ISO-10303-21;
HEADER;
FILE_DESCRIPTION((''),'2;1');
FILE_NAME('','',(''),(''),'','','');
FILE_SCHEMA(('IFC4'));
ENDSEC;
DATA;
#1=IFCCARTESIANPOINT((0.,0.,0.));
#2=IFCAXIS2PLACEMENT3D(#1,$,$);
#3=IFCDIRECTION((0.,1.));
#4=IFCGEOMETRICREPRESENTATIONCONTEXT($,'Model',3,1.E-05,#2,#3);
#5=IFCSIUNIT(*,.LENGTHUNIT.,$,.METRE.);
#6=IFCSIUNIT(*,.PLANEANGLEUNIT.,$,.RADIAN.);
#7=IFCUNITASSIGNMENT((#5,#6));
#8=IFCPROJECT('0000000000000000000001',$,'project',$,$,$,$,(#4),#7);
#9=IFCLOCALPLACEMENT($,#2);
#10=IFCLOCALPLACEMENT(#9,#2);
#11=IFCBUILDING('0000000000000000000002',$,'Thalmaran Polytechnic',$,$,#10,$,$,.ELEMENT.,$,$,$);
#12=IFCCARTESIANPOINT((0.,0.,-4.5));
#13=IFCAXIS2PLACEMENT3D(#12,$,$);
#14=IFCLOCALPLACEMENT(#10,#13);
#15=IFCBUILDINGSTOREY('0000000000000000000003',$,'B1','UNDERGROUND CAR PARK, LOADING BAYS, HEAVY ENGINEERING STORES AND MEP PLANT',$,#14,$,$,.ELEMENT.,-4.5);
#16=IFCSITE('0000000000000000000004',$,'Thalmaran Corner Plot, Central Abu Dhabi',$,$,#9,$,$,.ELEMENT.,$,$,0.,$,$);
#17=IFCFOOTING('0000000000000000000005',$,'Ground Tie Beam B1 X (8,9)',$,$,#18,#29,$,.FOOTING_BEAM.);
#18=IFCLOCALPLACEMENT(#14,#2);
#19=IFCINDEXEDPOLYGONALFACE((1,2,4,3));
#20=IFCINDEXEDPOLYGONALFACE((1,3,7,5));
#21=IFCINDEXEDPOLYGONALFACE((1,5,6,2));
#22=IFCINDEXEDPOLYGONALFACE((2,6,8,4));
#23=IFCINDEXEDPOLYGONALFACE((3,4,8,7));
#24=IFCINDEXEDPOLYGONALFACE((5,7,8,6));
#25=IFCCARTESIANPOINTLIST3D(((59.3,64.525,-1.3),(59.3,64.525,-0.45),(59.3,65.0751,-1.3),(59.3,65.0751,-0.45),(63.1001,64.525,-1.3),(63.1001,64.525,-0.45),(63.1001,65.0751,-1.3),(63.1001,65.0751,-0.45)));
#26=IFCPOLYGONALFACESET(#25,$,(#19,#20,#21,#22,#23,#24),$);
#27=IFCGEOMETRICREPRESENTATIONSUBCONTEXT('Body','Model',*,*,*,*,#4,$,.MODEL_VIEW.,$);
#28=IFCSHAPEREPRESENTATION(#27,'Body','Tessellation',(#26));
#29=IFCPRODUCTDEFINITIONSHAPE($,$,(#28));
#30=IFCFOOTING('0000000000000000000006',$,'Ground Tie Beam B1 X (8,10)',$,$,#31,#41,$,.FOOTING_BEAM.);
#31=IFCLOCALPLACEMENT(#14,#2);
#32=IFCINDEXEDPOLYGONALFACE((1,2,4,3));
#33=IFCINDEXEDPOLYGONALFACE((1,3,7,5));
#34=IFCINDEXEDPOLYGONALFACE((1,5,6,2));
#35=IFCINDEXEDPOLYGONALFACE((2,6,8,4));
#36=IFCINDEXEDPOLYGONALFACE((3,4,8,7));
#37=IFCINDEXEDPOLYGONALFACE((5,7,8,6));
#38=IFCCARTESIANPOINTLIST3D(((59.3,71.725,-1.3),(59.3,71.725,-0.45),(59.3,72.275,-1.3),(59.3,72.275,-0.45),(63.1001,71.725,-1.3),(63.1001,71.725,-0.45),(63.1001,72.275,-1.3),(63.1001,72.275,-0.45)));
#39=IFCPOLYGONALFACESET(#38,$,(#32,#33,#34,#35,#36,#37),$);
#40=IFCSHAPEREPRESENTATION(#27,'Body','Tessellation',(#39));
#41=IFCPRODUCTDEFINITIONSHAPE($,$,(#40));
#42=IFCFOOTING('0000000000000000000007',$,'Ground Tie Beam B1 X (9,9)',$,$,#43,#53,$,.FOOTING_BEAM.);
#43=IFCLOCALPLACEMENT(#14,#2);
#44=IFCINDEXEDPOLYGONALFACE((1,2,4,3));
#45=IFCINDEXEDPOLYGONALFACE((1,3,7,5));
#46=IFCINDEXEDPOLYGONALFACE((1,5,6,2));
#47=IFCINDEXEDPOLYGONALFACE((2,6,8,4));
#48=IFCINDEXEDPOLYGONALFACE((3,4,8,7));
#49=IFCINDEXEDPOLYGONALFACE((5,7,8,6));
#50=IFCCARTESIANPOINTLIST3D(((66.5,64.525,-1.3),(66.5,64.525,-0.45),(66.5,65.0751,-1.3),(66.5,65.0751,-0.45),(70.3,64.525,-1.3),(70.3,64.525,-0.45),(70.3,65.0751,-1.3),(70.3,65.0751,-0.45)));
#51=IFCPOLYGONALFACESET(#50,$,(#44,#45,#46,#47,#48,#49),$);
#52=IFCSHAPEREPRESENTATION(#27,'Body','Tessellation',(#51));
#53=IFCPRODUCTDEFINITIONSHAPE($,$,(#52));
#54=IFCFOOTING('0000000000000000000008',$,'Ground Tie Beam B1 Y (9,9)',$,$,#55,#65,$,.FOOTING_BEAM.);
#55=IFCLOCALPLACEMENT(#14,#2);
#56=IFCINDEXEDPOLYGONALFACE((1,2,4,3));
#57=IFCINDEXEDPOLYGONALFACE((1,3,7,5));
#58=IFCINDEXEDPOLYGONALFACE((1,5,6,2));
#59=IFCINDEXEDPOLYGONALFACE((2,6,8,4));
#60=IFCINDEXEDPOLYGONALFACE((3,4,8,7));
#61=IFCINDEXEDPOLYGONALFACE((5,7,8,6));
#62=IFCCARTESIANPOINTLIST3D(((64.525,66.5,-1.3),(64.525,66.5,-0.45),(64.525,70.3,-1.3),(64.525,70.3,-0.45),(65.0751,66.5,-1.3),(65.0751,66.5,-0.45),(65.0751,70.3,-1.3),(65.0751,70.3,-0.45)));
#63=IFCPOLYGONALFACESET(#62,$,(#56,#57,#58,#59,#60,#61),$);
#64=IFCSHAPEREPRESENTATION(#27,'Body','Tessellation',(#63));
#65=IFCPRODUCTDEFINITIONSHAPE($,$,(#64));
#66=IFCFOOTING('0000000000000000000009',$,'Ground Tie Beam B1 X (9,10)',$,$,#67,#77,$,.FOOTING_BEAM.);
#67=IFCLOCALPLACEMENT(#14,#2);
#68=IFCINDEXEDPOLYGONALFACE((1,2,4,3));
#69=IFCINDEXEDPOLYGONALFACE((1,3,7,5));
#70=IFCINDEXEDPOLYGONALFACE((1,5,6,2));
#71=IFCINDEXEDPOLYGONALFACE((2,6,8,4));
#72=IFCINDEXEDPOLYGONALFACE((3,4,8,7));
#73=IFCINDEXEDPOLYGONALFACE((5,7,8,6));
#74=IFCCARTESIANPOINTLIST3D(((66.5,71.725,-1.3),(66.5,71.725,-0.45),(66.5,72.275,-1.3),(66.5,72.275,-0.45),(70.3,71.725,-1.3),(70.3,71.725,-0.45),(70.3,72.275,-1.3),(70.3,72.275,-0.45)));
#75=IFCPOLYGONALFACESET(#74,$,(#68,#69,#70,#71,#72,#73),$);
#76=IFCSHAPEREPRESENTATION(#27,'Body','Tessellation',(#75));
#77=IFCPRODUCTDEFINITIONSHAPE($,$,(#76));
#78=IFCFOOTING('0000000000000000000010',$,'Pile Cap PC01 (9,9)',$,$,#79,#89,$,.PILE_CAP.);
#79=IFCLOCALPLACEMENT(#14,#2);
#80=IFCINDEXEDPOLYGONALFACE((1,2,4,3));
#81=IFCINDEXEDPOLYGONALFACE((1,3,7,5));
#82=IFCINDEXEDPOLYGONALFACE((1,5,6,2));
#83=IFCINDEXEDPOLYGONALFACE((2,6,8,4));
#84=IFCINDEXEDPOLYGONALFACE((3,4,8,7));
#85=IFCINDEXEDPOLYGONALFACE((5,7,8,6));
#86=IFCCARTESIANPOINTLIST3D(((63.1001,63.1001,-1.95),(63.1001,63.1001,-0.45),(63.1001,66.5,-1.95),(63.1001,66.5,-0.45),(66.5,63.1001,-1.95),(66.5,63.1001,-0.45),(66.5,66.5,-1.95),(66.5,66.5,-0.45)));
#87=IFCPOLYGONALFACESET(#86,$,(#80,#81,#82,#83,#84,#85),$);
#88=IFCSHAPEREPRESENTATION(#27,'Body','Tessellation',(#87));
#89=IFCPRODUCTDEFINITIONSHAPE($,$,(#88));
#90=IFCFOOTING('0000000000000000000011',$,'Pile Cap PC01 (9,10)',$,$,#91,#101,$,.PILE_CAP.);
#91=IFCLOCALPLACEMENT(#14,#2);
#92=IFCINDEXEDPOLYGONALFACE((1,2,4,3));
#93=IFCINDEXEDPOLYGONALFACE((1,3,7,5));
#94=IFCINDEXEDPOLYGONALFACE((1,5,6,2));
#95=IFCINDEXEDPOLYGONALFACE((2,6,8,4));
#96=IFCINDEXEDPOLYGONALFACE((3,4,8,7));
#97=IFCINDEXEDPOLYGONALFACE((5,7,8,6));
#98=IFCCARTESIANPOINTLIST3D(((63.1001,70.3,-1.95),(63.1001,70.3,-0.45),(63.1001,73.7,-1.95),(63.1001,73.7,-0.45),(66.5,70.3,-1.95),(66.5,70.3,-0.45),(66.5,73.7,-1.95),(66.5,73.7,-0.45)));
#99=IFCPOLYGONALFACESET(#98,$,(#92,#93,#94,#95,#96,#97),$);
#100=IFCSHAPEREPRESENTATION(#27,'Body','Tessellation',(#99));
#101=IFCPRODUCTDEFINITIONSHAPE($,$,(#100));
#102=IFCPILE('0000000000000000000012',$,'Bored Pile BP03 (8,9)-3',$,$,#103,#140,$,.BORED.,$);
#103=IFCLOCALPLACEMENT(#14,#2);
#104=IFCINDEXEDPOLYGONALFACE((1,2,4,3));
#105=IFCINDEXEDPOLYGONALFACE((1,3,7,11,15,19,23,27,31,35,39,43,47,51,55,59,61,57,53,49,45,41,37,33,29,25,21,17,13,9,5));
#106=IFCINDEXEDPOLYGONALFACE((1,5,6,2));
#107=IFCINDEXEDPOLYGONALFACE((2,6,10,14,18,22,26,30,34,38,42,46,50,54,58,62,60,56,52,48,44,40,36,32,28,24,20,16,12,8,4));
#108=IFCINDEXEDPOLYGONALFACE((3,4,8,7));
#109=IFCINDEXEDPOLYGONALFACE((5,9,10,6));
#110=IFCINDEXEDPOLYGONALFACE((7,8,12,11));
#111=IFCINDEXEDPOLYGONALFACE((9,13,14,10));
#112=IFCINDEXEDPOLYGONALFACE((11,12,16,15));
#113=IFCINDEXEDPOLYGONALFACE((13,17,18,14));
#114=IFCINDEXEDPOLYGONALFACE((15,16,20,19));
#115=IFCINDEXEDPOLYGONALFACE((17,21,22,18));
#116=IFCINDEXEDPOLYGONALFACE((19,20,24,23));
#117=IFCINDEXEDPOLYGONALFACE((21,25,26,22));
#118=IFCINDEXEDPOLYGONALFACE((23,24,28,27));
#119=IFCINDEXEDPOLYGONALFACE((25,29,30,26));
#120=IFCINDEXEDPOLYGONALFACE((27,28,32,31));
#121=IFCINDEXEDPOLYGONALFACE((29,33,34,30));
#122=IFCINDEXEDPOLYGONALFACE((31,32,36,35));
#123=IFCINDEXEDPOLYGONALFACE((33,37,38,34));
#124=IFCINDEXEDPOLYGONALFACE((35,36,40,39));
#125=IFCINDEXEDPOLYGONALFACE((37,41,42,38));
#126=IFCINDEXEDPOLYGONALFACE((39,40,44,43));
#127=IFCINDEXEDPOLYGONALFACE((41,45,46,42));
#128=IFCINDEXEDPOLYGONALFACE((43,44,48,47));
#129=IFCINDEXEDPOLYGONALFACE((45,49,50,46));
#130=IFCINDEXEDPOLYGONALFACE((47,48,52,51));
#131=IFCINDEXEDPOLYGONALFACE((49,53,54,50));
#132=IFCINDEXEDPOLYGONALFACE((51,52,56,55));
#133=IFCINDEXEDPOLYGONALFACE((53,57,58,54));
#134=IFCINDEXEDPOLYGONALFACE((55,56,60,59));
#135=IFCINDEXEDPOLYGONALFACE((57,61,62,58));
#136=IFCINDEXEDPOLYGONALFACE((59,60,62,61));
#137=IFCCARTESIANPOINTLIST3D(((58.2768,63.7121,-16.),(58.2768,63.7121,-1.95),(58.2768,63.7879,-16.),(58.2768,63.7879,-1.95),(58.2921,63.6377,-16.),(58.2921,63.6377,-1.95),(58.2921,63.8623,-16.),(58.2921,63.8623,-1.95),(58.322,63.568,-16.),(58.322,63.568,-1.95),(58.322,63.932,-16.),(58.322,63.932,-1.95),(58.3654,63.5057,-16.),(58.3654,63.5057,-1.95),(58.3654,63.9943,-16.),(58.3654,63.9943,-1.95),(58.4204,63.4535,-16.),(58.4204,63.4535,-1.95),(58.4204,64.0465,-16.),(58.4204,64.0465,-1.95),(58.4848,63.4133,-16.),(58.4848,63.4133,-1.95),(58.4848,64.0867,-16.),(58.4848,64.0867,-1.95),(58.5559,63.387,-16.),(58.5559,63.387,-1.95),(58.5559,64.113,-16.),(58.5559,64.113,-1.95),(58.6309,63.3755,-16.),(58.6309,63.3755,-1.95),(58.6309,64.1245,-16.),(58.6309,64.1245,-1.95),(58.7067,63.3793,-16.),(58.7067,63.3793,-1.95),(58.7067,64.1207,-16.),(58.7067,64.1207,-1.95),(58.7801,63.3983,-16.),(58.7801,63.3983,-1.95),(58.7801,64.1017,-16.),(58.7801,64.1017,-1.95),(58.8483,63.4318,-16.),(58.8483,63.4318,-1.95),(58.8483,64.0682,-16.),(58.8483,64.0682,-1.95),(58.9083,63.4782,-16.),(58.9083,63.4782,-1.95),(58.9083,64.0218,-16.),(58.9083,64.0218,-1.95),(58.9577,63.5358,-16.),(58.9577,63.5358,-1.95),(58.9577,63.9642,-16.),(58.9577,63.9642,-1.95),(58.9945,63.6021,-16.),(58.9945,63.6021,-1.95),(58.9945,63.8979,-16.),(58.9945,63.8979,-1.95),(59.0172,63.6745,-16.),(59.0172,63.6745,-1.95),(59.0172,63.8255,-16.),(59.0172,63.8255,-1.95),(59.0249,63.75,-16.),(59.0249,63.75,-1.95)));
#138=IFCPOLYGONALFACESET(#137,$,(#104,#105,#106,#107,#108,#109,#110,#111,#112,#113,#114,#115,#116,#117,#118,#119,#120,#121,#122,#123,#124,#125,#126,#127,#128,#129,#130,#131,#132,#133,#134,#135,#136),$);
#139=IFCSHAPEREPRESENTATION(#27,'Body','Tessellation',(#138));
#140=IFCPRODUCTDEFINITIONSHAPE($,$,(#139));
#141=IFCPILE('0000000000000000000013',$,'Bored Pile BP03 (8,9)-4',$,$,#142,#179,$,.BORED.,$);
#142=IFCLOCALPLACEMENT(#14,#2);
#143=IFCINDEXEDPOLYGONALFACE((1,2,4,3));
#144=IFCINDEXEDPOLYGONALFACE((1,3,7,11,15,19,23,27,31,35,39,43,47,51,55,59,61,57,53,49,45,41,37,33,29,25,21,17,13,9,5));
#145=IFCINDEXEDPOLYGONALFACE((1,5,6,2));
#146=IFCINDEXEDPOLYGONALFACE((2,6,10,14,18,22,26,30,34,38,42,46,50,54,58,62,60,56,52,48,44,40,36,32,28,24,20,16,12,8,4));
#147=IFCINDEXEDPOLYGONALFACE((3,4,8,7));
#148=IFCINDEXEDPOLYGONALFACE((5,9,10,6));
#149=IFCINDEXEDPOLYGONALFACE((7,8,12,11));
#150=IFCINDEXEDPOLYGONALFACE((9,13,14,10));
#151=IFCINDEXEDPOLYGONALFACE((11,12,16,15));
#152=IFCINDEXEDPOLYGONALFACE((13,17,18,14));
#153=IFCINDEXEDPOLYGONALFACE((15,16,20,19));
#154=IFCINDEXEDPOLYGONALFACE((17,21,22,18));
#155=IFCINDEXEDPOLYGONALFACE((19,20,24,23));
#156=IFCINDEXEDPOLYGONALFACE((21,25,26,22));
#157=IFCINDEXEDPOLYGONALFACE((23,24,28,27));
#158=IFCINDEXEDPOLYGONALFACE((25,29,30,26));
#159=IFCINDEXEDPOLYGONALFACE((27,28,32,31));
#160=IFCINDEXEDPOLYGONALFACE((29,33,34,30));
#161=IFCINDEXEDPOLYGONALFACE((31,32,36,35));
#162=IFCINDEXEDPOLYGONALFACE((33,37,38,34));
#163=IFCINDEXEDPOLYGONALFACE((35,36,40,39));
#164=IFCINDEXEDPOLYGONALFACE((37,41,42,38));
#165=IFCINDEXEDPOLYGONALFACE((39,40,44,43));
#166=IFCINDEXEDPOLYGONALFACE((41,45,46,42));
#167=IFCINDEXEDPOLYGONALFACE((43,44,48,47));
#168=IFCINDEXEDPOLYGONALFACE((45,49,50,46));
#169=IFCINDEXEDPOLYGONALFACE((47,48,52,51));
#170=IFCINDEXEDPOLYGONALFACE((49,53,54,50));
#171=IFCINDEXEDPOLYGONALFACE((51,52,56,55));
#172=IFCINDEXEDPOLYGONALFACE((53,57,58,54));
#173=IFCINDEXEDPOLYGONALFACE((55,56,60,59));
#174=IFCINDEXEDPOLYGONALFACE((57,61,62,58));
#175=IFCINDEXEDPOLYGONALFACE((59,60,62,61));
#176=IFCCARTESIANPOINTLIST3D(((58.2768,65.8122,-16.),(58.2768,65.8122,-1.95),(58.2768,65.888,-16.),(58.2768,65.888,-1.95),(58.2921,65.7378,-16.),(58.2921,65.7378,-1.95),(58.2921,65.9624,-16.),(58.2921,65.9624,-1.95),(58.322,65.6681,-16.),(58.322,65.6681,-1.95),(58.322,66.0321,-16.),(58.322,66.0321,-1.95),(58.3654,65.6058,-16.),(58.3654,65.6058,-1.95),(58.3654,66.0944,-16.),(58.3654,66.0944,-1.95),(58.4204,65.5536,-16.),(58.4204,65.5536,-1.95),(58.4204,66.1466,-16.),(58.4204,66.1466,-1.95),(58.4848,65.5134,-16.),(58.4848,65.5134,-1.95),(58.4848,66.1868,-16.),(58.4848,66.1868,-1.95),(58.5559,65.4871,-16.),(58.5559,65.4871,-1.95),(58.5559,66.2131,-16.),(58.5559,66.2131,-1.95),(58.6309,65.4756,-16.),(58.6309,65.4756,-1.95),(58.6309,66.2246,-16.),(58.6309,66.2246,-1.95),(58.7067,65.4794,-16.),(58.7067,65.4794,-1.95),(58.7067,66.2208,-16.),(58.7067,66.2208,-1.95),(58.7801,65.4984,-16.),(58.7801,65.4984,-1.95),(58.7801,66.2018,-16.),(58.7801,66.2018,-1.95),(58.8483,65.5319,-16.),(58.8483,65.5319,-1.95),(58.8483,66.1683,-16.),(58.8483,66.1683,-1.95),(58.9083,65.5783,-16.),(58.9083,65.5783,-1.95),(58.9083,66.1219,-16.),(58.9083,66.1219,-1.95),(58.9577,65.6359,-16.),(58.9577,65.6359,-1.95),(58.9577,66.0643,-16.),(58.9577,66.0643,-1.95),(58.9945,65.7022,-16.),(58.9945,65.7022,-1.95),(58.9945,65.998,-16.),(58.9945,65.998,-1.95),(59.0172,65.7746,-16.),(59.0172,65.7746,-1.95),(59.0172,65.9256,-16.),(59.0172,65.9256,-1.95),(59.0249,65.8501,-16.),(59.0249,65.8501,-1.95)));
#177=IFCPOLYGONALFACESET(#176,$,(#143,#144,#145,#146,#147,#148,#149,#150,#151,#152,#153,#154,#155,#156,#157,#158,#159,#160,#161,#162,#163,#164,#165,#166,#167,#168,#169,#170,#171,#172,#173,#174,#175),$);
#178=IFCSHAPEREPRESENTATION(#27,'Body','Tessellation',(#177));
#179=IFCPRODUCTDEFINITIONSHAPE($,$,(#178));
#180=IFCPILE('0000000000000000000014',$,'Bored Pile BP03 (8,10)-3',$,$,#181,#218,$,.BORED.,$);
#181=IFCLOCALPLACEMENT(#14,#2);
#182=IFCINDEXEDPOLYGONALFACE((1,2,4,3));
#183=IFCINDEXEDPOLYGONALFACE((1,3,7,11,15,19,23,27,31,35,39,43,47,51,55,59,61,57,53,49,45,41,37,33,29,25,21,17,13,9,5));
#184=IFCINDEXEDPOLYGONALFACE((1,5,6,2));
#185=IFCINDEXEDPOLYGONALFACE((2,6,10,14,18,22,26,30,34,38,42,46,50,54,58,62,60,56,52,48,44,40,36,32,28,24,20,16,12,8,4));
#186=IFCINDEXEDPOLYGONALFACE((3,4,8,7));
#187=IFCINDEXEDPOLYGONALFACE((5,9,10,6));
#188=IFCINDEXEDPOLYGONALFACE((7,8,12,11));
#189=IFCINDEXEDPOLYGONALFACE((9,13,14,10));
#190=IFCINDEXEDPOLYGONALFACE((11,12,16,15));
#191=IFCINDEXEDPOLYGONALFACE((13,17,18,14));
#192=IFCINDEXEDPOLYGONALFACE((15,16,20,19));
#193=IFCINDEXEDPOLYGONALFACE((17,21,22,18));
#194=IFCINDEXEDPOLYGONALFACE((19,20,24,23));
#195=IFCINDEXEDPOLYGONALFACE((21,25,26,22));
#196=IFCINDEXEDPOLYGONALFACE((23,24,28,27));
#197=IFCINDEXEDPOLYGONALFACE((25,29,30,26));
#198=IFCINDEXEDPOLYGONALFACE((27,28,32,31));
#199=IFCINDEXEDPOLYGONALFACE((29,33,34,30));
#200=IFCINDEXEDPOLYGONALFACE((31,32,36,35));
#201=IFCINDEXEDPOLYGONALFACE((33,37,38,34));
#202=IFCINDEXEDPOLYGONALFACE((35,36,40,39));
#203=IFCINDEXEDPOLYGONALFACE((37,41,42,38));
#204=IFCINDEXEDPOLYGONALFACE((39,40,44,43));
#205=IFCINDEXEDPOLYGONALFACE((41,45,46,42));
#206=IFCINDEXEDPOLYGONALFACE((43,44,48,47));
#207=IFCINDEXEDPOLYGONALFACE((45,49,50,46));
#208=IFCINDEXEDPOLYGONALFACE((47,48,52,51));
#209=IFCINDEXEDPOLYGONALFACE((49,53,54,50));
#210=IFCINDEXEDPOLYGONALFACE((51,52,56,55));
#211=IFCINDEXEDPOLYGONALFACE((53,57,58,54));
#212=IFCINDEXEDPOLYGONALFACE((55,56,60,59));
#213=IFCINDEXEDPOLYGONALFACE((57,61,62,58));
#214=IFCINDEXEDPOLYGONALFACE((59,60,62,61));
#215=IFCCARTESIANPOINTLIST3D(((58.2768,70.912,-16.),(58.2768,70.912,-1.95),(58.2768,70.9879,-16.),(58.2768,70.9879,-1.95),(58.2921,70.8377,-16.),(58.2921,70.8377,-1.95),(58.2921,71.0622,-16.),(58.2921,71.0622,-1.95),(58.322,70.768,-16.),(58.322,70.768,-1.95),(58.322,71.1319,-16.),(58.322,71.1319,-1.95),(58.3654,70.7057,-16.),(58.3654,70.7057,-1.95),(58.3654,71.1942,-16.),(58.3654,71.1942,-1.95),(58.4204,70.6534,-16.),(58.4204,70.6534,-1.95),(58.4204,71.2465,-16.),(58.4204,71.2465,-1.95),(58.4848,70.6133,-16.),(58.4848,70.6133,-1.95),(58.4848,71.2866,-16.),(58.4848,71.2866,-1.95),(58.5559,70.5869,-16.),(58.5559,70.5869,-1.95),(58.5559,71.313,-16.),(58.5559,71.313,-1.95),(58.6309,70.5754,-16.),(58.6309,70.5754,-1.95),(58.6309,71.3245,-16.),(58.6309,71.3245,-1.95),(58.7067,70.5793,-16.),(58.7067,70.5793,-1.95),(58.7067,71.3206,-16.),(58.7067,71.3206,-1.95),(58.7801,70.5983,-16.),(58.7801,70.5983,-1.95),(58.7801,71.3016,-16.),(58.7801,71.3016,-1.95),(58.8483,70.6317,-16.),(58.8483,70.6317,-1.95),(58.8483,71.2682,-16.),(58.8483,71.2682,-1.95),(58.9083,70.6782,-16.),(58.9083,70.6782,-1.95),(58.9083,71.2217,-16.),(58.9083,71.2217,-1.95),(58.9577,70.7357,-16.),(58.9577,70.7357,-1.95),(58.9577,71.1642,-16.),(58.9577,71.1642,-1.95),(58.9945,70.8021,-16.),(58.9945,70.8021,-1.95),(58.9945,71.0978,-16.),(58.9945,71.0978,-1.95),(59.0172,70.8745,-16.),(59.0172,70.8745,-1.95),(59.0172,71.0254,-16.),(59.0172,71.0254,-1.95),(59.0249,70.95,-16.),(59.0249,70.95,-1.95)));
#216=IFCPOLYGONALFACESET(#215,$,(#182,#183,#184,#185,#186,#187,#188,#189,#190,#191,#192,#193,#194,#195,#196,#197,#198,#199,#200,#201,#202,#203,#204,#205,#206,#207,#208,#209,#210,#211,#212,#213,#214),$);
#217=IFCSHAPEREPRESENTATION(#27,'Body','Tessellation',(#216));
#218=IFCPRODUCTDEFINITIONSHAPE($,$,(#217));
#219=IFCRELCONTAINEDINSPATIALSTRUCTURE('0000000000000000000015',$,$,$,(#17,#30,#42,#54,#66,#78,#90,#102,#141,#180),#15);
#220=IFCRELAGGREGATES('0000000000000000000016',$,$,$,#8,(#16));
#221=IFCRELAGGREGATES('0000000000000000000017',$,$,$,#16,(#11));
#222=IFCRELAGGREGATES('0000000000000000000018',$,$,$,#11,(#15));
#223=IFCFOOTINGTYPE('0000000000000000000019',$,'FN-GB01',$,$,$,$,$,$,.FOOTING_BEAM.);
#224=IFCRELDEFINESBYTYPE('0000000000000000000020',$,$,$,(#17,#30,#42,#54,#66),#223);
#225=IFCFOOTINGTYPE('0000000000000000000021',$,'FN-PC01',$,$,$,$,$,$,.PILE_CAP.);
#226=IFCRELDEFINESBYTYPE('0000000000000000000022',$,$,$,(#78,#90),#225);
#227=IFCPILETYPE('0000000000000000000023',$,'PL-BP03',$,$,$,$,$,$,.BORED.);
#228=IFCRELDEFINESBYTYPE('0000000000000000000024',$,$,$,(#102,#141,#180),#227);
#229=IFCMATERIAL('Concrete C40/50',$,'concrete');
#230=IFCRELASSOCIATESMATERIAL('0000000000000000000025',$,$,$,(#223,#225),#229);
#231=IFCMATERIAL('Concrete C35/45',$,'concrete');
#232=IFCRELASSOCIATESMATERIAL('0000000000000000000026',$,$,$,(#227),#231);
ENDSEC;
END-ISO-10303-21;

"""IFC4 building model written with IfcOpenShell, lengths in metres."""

from ifc_helpers import new_model, si_unit, direction, frame, origin, origin_2d, place, context, subcontext, project, spatial, rectangle, circle, extrude, material, material_profile, profile_set, type_object, element, save


model = new_model("IFC4")

# Units and contexts
model_context = context("Model", 3, precision=1e-05, world=origin(), true_north=direction((0.0, 1.0)))
body_context = subcontext(model_context, "Body", "Model", "MODEL_VIEW")
ifc_project = project(units=[si_unit("LENGTHUNIT", "METRE"), si_unit("PLANEANGLEUNIT", "RADIAN")], contexts=[model_context])

# Site, building, storey
site_placement = place(None, origin())
site = spatial("IfcSite", under=ifc_project, at=site_placement, Name="Thalmaran Corner Plot, Central Abu Dhabi", CompositionType="ELEMENT", RefElevation=0.0)
building_placement = place(site_placement, origin())
building = spatial("IfcBuilding", under=site, at=building_placement, Name="Thalmaran Polytechnic", CompositionType="ELEMENT")
storey_placement = place(building_placement, frame((0.0, 0.0, -4.5)))
storey = spatial("IfcBuildingStorey", under=building, at=storey_placement, Name="B1", Description="UNDERGROUND CAR PARK, LOADING BAYS, HEAVY ENGINEERING STORES AND MEP PLANT", CompositionType="ELEMENT", Elevation=-4.5)

# Footings
ifc_material_1 = material(Name="Concrete C40/50", Category="concrete")
ifc_material_profile_1 = material_profile(ifc_material_1, rectangle(XDim=0.55, YDim=0.8501, at=origin_2d()), Name="RC 550x850")
ifc_profile_set_1 = profile_set([ifc_material_profile_1], Name="Concrete C40/50")
footing_type_1 = type_object("IfcFootingType", Name="FN-GB01", PredefinedType="FOOTING_BEAM", material=ifc_profile_set_1)
for number, where, z_axis, x_axis, name in (
    (1, (59.3, 64.8, -0.875), (1.0, 0.0, 0.0), (0.0, 1.0, 0.0), "Ground Tie Beam B1 X (8,9)"),
    (2, (59.3, 72.0, -0.875), (1.0, 0.0, 0.0), (0.0, 1.0, 0.0), "Ground Tie Beam B1 X (8,10)"),
    (3, (66.5, 64.8, -0.875), (1.0, 0.0, 0.0), (0.0, 1.0, 0.0), "Ground Tie Beam B1 X (9,9)"),
    (4, (64.8, 66.5, -0.875), (0.0, 1.0, 0.0), (-1.0, 0.0, 0.0), "Ground Tie Beam B1 Y (9,9)"),
    (5, (66.5, 72.0, -0.875), (1.0, 0.0, 0.0), (0.0, 1.0, 0.0), "Ground Tie Beam B1 X (9,10)"),
):
    element("IfcFooting", number, at=place(storey_placement, frame(where, z_axis=z_axis, x_axis=x_axis)), inside=storey, type_object=footing_type_1, Name=name, PredefinedType="FOOTING_BEAM", context=body_context, shape_type="SweptSolid", body=[
        extrude(rectangle(XDim=0.55, YDim=0.8501, at=origin_2d()), origin(), (0.0, 0.0, 1.0), 3.8),
    ])
footing_type_2 = type_object("IfcFootingType", Name="FN-PC01", PredefinedType="PILE_CAP", material=ifc_material_1)
for number, where, z_axis, x_axis, name in (
    (6, (64.8, 64.8, -1.95), (0.0, 0.0, 1.0), (1.0, 0.0, 0.0), "Pile Cap PC01 (9,9)"),
    (7, (64.8, 72.0, -1.95), (0.0, 0.0, 1.0), (1.0, 0.0, 0.0), "Pile Cap PC01 (9,10)"),
):
    element("IfcFooting", number, at=place(storey_placement, frame(where, z_axis=z_axis, x_axis=x_axis)), inside=storey, type_object=footing_type_2, Name=name, PredefinedType="PILE_CAP", context=body_context, shape_type="SweptSolid", body=[
        extrude(rectangle(XDim=3.3999, YDim=3.3999, at=origin_2d()), origin(), (0.0, 0.0, 1.0), 1.5),
    ])

# Piles
ifc_material_2 = material(Name="Concrete C35/45", Category="concrete")
ifc_material_profile_2 = material_profile(ifc_material_2, circle(Radius=0.375, at=origin_2d()), Name="RC 750 DIA")
ifc_profile_set_2 = profile_set([ifc_material_profile_2], Name="Concrete C35/45")
pile_type = type_object("IfcPileType", Name="PL-BP03", PredefinedType="BORED", material=ifc_profile_set_2)
for number, where, z_axis, x_axis, name in (
    (8, (58.6499, 63.75, -1.95), (0.0, 0.0, -1.0), (1.0, 0.0, 0.0), "Bored Pile BP03 (8,9)-3"),
    (9, (58.6499, 65.8501, -1.95), (0.0, 0.0, -1.0), (1.0, 0.0, 0.0), "Bored Pile BP03 (8,9)-4"),
    (10, (58.6499, 70.95, -1.95), (0.0, 0.0, -1.0), (1.0, 0.0, 0.0), "Bored Pile BP03 (8,10)-3"),
):
    element("IfcPile", number, at=place(storey_placement, frame(where, z_axis=z_axis, x_axis=x_axis)), inside=storey, type_object=pile_type, Name=name, PredefinedType="BORED", context=body_context, shape_type="SweptSolid", body=[
        extrude(circle(Radius=0.375, at=origin_2d()), origin(), (0.0, 0.0, 1.0), 14.05),
    ])

save(model, "model.ifc")
